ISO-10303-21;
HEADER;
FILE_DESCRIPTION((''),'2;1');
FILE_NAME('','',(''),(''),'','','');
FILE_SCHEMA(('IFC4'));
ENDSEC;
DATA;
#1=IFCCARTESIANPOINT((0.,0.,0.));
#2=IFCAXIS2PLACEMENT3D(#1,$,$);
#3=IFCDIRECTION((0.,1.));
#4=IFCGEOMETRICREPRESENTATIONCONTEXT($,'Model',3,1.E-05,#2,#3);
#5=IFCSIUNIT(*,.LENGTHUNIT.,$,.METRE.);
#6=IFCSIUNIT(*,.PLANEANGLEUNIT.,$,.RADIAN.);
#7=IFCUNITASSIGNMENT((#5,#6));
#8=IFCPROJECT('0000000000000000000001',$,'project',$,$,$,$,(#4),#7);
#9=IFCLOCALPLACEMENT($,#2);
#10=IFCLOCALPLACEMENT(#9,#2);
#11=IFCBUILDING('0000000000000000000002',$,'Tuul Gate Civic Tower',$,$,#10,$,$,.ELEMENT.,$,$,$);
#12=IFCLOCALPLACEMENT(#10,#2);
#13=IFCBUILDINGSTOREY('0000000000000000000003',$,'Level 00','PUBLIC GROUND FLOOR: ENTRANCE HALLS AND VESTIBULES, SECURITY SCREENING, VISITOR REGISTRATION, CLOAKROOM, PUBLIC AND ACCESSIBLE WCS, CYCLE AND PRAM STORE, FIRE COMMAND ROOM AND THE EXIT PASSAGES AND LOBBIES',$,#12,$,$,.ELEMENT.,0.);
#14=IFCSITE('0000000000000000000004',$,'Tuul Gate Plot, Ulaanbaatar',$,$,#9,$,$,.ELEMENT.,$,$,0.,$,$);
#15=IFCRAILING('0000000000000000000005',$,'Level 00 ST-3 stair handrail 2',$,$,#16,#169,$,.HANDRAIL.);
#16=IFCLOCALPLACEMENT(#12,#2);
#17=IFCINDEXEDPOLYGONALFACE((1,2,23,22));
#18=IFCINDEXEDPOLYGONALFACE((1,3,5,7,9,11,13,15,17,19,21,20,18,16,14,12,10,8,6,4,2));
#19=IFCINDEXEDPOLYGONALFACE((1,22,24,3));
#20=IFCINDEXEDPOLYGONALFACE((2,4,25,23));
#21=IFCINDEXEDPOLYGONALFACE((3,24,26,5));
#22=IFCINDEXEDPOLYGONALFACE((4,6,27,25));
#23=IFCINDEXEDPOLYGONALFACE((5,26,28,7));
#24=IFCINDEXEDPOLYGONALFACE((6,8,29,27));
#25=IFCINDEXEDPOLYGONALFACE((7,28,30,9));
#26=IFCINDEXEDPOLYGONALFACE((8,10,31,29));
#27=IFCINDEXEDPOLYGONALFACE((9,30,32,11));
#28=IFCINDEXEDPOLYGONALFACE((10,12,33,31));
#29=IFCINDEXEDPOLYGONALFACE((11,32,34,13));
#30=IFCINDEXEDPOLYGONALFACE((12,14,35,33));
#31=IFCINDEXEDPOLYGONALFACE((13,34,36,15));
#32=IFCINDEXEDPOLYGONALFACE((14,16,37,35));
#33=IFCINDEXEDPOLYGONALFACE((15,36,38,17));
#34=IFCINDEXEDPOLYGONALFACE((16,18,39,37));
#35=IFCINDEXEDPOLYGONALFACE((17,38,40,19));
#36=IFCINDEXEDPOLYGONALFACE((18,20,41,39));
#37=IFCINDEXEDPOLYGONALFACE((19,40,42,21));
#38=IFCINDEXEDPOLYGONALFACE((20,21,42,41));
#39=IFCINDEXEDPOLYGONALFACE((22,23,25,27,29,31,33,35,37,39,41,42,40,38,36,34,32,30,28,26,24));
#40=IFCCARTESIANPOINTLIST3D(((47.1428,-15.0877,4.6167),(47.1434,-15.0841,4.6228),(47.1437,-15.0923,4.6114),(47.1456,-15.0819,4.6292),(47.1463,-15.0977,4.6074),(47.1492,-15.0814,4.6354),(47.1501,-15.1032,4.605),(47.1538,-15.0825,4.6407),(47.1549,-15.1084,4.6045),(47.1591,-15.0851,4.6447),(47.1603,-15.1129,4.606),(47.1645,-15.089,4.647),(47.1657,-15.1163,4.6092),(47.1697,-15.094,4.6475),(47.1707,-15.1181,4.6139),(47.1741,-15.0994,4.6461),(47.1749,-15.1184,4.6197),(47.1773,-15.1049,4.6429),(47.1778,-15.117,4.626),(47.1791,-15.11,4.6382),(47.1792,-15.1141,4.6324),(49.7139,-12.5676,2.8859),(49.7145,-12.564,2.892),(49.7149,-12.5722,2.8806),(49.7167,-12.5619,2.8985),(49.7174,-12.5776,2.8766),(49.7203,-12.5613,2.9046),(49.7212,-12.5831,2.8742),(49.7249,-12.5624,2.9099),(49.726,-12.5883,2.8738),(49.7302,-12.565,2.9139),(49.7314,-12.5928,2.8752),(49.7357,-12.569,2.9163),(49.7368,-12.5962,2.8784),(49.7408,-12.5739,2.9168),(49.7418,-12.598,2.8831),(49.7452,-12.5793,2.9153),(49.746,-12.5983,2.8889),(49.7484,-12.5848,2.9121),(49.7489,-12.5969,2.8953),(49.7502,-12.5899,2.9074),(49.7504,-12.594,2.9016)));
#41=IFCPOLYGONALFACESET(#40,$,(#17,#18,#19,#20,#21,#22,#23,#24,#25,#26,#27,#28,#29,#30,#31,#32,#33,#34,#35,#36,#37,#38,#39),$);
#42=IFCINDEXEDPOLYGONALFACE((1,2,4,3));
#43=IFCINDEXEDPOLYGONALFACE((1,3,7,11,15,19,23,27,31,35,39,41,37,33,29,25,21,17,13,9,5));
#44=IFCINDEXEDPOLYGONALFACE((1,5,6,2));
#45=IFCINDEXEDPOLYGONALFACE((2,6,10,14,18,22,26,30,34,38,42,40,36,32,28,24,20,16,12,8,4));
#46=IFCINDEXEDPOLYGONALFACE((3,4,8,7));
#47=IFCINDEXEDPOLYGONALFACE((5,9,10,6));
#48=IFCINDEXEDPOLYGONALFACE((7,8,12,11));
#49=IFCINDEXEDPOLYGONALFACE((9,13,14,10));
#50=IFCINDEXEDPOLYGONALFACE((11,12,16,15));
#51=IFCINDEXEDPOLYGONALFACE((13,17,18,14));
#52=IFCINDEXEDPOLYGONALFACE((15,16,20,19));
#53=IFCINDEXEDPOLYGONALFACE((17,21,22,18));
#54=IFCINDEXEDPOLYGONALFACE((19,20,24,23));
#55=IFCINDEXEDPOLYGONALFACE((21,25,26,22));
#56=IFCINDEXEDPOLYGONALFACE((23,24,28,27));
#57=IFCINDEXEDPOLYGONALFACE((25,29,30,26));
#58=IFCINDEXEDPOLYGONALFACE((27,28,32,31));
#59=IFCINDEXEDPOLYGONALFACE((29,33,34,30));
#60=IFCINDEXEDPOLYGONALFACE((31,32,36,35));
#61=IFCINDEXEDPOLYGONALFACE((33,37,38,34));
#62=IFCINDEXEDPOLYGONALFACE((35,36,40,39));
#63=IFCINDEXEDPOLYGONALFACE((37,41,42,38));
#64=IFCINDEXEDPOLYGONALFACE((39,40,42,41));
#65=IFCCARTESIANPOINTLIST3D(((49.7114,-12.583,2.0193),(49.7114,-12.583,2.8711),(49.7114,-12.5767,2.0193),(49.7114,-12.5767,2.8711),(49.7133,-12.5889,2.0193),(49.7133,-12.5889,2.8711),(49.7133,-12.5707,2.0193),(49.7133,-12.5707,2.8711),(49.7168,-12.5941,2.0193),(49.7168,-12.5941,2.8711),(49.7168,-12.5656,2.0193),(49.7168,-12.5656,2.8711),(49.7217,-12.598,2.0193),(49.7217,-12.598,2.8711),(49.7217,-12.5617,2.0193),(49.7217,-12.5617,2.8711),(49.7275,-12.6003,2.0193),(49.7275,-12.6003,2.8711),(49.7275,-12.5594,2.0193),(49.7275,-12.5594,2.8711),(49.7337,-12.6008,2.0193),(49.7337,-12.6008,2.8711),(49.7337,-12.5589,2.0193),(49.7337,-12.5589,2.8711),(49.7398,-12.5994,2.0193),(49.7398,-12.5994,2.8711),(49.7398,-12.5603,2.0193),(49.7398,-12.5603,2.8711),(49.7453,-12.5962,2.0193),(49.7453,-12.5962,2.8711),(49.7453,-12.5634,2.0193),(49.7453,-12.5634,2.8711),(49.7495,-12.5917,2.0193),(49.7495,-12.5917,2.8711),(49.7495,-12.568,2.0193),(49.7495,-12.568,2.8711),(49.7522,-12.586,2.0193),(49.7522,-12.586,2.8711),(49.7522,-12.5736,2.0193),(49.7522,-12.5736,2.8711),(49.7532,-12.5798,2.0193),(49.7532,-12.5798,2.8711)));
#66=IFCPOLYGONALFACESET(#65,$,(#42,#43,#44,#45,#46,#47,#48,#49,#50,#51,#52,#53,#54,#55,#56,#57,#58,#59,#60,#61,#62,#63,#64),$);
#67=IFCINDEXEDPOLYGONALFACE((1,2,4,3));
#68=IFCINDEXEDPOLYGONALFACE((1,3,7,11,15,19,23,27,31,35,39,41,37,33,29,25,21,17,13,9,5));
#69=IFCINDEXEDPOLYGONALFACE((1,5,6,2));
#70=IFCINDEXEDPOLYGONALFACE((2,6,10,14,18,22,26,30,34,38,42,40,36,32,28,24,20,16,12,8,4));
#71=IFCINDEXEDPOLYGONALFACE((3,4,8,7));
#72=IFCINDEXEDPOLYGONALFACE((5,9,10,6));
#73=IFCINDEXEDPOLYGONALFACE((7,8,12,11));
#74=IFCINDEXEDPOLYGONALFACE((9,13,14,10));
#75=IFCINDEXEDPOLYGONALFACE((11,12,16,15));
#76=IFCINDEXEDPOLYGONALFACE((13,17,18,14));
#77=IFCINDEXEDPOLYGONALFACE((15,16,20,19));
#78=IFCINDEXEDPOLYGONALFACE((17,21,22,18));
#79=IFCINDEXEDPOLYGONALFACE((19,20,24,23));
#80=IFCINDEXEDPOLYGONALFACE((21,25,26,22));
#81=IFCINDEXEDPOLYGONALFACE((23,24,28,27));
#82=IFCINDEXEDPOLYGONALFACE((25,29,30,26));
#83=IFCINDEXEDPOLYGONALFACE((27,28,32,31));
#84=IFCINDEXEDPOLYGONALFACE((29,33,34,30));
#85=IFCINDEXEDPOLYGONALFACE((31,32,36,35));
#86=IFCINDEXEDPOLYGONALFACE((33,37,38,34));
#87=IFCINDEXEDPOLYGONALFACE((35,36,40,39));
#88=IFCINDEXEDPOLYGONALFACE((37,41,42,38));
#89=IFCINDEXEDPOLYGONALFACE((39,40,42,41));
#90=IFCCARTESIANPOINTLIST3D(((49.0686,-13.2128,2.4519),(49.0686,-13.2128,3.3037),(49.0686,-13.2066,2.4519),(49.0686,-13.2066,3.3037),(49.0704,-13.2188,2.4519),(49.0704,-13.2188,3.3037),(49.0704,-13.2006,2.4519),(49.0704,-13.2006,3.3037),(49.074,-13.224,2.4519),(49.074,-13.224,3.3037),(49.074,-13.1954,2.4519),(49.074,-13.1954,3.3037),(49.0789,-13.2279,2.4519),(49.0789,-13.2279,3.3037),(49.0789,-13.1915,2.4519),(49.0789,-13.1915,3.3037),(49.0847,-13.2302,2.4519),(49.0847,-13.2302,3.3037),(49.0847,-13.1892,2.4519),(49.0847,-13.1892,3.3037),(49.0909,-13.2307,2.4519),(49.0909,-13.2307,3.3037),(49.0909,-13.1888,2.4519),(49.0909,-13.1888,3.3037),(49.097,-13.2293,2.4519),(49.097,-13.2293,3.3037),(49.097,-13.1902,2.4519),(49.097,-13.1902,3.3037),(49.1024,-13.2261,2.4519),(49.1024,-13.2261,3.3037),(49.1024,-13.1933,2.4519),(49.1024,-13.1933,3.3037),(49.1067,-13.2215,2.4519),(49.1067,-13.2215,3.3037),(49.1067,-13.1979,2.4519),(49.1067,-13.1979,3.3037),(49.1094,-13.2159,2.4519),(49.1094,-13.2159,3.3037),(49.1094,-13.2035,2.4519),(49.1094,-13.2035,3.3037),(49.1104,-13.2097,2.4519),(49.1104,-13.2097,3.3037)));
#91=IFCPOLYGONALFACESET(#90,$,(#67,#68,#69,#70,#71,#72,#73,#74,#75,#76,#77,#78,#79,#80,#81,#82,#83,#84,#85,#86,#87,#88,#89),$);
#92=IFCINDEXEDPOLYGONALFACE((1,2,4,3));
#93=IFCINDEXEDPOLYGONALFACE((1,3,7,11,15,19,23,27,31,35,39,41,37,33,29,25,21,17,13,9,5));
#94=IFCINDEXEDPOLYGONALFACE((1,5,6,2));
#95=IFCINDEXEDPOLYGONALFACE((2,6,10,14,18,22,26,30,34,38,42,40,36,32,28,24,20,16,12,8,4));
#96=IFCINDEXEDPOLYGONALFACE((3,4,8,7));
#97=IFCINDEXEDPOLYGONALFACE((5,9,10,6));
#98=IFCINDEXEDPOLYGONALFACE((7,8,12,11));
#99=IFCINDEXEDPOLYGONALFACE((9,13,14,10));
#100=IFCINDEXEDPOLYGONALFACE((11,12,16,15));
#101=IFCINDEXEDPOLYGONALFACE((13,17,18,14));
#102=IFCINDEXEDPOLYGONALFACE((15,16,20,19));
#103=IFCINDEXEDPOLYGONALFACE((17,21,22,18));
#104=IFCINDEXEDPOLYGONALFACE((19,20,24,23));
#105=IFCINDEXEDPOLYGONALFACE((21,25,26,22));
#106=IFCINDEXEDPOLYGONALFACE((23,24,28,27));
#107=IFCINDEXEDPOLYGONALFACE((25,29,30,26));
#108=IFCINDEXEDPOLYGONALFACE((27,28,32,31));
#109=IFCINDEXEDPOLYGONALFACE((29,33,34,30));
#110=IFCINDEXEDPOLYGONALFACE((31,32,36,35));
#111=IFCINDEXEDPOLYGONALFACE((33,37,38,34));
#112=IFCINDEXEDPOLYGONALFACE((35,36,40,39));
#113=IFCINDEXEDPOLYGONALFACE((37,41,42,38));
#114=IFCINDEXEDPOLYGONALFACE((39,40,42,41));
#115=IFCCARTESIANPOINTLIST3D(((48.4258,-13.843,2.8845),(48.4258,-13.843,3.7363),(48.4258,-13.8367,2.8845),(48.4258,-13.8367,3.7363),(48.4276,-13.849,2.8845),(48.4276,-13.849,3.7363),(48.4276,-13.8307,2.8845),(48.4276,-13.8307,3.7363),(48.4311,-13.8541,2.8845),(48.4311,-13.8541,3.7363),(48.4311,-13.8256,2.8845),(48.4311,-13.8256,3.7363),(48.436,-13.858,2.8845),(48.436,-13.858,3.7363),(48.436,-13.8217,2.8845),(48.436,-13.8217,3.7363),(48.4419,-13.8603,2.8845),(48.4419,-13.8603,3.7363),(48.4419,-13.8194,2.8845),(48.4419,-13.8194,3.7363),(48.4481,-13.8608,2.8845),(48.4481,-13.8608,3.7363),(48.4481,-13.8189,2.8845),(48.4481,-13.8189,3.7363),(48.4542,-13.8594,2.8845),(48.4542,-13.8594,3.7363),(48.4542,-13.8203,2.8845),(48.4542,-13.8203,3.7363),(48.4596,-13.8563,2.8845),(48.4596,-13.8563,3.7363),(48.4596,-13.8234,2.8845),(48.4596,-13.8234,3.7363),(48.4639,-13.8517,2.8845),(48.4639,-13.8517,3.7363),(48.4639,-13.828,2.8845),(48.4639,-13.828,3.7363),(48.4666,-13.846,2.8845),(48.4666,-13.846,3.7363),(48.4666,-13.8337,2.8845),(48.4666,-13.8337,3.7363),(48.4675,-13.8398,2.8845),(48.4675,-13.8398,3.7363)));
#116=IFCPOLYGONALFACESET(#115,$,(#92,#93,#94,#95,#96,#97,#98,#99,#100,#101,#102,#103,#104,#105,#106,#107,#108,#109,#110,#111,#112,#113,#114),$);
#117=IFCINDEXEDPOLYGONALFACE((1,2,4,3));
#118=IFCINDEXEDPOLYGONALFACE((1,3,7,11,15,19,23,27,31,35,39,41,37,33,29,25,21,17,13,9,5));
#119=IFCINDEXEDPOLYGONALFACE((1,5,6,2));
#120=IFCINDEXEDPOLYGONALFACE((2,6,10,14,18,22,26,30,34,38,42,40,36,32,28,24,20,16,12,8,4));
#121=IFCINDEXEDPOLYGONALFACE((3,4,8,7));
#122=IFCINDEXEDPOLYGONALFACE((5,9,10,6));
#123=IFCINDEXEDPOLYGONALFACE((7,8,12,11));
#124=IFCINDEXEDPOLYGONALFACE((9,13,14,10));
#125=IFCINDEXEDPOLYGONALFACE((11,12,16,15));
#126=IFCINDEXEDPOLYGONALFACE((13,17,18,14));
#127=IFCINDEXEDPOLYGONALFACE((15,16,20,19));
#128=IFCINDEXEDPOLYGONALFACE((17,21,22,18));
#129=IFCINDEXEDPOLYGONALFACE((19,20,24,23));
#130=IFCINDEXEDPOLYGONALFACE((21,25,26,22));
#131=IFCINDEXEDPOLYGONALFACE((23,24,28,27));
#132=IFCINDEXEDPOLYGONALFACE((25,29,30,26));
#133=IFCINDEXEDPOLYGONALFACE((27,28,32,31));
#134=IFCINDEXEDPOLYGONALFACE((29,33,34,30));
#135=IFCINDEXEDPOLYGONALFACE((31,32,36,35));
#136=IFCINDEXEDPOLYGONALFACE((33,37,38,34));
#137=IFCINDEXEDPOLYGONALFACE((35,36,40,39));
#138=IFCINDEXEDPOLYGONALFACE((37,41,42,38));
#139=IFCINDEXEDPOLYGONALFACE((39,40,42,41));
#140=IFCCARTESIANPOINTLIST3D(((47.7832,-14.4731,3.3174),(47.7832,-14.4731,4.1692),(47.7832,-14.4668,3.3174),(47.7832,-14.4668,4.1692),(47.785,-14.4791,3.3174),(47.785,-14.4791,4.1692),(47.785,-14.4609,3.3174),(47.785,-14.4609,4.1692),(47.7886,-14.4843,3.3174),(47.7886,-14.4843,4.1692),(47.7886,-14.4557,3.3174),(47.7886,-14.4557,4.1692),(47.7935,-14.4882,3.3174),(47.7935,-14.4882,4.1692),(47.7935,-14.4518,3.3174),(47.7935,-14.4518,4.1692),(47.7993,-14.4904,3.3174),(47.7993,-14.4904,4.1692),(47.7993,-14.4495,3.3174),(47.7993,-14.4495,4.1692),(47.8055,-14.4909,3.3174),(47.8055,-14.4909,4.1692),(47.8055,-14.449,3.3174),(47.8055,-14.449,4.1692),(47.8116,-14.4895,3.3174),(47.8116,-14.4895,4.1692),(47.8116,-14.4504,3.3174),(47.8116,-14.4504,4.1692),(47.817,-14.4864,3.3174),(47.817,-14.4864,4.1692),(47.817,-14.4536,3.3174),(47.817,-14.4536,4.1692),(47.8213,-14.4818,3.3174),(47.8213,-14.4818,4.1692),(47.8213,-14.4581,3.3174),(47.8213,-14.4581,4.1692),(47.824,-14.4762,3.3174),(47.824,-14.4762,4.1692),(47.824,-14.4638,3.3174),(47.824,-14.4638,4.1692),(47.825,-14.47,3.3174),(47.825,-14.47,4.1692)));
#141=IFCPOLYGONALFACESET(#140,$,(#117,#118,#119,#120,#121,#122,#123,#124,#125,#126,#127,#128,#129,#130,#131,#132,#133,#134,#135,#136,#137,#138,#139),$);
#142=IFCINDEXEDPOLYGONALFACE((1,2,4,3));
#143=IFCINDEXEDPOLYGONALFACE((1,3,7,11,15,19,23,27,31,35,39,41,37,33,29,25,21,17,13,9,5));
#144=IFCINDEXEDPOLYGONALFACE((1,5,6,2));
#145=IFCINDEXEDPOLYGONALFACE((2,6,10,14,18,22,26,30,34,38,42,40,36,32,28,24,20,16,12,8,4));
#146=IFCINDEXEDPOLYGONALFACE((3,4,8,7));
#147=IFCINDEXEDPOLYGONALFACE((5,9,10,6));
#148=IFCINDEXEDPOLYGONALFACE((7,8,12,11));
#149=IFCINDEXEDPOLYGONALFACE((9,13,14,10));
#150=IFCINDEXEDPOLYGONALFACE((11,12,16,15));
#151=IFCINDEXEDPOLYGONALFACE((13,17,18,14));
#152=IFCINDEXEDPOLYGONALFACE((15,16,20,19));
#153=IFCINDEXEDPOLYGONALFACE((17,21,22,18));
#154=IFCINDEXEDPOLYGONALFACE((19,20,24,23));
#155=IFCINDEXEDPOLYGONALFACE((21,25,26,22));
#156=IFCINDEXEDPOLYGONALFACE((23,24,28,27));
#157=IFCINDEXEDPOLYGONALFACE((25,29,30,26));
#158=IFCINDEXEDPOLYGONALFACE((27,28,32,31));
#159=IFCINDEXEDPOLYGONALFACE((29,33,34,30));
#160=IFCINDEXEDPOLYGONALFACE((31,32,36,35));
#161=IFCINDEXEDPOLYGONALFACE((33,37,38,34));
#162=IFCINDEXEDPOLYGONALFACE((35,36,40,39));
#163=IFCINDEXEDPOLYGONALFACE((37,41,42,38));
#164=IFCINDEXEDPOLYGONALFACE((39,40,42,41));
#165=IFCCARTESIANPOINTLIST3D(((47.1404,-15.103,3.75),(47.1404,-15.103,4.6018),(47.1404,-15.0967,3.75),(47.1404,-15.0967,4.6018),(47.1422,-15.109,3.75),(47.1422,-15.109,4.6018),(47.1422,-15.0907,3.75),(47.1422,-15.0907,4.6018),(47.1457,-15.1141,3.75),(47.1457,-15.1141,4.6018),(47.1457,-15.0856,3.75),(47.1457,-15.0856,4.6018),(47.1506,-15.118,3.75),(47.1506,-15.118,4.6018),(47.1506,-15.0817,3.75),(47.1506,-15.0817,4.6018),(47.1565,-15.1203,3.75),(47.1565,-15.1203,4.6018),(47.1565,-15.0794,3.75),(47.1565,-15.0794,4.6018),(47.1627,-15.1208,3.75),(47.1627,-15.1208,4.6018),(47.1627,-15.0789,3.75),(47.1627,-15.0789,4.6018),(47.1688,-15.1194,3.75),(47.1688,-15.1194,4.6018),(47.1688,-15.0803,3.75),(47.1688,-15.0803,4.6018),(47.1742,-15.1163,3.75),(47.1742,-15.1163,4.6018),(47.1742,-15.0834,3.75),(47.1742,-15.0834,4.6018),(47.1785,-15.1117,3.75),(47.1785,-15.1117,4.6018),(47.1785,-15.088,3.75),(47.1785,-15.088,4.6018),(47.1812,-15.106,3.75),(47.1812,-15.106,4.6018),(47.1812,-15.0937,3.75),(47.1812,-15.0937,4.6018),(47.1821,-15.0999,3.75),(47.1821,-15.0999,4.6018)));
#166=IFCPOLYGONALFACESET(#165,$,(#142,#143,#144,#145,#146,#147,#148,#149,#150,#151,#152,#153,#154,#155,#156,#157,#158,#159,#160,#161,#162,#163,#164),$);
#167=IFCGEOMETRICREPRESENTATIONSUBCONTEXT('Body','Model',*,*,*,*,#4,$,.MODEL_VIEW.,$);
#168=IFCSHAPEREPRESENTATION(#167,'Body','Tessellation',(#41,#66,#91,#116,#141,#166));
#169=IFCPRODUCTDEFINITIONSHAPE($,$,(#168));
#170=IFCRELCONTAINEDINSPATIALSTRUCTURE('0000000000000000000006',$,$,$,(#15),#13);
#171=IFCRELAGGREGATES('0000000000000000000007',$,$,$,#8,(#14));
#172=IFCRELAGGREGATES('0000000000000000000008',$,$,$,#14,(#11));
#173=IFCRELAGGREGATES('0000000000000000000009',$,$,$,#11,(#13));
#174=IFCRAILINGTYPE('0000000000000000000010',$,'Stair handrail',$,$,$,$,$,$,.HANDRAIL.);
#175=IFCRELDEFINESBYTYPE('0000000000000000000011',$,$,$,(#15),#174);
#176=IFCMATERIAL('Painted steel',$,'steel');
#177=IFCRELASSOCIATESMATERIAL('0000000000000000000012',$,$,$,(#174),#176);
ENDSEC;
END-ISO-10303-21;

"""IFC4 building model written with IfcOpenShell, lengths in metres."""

from ifc_helpers import new_model, si_unit, direction, frame, origin, origin_2d, place, context, subcontext, project, spatial, circle, extrude, material, type_object, element, save


model = new_model("IFC4")

# Units and contexts
model_context = context("Model", 3, precision=1e-05, world=origin(), true_north=direction((0.0, 1.0)))
body_context = subcontext(model_context, "Body", "Model", "MODEL_VIEW")
ifc_project = project(units=[si_unit("LENGTHUNIT", "METRE"), si_unit("PLANEANGLEUNIT", "RADIAN")], contexts=[model_context])

# Site, building, storey
site_placement = place(None, origin())
site = spatial("IfcSite", under=ifc_project, at=site_placement, Name="Tuul Gate Plot, Ulaanbaatar", CompositionType="ELEMENT", RefElevation=0.0)
building_placement = place(site_placement, origin())
building = spatial("IfcBuilding", under=site, at=building_placement, Name="Tuul Gate Civic Tower", CompositionType="ELEMENT")
storey_placement = place(building_placement, origin())
storey = spatial("IfcBuildingStorey", under=building, at=storey_placement, Name="Level 00", Description="PUBLIC GROUND FLOOR: ENTRANCE HALLS AND VESTIBULES, SECURITY SCREENING, VISITOR REGISTRATION, CLOAKROOM, PUBLIC AND ACCESSIBLE WCS, CYCLE AND PRAM STORE, FIRE COMMAND ROOM AND THE EXIT PASSAGES AND LOBBIES", CompositionType="ELEMENT", Elevation=0.0)

# Railing
ifc_material_1 = material(Name="Painted steel", Category="steel")
railing_type_1 = type_object("IfcRailingType", Name="Stair handrail", PredefinedType="HANDRAIL", material=ifc_material_1)
railing_1_placement = place(storey_placement, frame((49.7322, -12.5798, 2.0193)))
element("IfcRailing", 1, at=railing_1_placement, inside=storey, type_object=railing_type_1, Name="Level 00 ST-3 stair handrail 2", PredefinedType="HANDRAIL", context=body_context, shape_type="SweptSolid", body=[
    extrude(circle(Radius=0.0239, at=origin_2d()), frame((0.0, 0.0, 0.876), z_axis=(-0.643644, -0.63087, 0.433273), x_axis=(0.699985, -0.714158, 0.0)), (0.0, 0.0, 1.0), 3.9946),
    extrude(circle(Radius=0.021, at=origin_2d()), origin(), (0.0, 0.0, 1.0), 0.8518),
    extrude(circle(Radius=0.021, at=origin_2d()), frame((-0.6428, -0.6299, 0.4326)), (0.0, 0.0, 1.0), 0.8518),
    extrude(circle(Radius=0.021, at=origin_2d()), frame((-1.2856, -1.26, 0.8652)), (0.0, 0.0, 1.0), 0.8518),
    extrude(circle(Radius=0.021, at=origin_2d()), frame((-1.9282, -1.8901, 1.2981)), (0.0, 0.0, 1.0), 0.8518),
    extrude(circle(Radius=0.021, at=origin_2d()), frame((-2.571, -2.52, 1.7307)), (0.0, 0.0, 1.0), 0.8518),
])

save(model, "model.ifc")
